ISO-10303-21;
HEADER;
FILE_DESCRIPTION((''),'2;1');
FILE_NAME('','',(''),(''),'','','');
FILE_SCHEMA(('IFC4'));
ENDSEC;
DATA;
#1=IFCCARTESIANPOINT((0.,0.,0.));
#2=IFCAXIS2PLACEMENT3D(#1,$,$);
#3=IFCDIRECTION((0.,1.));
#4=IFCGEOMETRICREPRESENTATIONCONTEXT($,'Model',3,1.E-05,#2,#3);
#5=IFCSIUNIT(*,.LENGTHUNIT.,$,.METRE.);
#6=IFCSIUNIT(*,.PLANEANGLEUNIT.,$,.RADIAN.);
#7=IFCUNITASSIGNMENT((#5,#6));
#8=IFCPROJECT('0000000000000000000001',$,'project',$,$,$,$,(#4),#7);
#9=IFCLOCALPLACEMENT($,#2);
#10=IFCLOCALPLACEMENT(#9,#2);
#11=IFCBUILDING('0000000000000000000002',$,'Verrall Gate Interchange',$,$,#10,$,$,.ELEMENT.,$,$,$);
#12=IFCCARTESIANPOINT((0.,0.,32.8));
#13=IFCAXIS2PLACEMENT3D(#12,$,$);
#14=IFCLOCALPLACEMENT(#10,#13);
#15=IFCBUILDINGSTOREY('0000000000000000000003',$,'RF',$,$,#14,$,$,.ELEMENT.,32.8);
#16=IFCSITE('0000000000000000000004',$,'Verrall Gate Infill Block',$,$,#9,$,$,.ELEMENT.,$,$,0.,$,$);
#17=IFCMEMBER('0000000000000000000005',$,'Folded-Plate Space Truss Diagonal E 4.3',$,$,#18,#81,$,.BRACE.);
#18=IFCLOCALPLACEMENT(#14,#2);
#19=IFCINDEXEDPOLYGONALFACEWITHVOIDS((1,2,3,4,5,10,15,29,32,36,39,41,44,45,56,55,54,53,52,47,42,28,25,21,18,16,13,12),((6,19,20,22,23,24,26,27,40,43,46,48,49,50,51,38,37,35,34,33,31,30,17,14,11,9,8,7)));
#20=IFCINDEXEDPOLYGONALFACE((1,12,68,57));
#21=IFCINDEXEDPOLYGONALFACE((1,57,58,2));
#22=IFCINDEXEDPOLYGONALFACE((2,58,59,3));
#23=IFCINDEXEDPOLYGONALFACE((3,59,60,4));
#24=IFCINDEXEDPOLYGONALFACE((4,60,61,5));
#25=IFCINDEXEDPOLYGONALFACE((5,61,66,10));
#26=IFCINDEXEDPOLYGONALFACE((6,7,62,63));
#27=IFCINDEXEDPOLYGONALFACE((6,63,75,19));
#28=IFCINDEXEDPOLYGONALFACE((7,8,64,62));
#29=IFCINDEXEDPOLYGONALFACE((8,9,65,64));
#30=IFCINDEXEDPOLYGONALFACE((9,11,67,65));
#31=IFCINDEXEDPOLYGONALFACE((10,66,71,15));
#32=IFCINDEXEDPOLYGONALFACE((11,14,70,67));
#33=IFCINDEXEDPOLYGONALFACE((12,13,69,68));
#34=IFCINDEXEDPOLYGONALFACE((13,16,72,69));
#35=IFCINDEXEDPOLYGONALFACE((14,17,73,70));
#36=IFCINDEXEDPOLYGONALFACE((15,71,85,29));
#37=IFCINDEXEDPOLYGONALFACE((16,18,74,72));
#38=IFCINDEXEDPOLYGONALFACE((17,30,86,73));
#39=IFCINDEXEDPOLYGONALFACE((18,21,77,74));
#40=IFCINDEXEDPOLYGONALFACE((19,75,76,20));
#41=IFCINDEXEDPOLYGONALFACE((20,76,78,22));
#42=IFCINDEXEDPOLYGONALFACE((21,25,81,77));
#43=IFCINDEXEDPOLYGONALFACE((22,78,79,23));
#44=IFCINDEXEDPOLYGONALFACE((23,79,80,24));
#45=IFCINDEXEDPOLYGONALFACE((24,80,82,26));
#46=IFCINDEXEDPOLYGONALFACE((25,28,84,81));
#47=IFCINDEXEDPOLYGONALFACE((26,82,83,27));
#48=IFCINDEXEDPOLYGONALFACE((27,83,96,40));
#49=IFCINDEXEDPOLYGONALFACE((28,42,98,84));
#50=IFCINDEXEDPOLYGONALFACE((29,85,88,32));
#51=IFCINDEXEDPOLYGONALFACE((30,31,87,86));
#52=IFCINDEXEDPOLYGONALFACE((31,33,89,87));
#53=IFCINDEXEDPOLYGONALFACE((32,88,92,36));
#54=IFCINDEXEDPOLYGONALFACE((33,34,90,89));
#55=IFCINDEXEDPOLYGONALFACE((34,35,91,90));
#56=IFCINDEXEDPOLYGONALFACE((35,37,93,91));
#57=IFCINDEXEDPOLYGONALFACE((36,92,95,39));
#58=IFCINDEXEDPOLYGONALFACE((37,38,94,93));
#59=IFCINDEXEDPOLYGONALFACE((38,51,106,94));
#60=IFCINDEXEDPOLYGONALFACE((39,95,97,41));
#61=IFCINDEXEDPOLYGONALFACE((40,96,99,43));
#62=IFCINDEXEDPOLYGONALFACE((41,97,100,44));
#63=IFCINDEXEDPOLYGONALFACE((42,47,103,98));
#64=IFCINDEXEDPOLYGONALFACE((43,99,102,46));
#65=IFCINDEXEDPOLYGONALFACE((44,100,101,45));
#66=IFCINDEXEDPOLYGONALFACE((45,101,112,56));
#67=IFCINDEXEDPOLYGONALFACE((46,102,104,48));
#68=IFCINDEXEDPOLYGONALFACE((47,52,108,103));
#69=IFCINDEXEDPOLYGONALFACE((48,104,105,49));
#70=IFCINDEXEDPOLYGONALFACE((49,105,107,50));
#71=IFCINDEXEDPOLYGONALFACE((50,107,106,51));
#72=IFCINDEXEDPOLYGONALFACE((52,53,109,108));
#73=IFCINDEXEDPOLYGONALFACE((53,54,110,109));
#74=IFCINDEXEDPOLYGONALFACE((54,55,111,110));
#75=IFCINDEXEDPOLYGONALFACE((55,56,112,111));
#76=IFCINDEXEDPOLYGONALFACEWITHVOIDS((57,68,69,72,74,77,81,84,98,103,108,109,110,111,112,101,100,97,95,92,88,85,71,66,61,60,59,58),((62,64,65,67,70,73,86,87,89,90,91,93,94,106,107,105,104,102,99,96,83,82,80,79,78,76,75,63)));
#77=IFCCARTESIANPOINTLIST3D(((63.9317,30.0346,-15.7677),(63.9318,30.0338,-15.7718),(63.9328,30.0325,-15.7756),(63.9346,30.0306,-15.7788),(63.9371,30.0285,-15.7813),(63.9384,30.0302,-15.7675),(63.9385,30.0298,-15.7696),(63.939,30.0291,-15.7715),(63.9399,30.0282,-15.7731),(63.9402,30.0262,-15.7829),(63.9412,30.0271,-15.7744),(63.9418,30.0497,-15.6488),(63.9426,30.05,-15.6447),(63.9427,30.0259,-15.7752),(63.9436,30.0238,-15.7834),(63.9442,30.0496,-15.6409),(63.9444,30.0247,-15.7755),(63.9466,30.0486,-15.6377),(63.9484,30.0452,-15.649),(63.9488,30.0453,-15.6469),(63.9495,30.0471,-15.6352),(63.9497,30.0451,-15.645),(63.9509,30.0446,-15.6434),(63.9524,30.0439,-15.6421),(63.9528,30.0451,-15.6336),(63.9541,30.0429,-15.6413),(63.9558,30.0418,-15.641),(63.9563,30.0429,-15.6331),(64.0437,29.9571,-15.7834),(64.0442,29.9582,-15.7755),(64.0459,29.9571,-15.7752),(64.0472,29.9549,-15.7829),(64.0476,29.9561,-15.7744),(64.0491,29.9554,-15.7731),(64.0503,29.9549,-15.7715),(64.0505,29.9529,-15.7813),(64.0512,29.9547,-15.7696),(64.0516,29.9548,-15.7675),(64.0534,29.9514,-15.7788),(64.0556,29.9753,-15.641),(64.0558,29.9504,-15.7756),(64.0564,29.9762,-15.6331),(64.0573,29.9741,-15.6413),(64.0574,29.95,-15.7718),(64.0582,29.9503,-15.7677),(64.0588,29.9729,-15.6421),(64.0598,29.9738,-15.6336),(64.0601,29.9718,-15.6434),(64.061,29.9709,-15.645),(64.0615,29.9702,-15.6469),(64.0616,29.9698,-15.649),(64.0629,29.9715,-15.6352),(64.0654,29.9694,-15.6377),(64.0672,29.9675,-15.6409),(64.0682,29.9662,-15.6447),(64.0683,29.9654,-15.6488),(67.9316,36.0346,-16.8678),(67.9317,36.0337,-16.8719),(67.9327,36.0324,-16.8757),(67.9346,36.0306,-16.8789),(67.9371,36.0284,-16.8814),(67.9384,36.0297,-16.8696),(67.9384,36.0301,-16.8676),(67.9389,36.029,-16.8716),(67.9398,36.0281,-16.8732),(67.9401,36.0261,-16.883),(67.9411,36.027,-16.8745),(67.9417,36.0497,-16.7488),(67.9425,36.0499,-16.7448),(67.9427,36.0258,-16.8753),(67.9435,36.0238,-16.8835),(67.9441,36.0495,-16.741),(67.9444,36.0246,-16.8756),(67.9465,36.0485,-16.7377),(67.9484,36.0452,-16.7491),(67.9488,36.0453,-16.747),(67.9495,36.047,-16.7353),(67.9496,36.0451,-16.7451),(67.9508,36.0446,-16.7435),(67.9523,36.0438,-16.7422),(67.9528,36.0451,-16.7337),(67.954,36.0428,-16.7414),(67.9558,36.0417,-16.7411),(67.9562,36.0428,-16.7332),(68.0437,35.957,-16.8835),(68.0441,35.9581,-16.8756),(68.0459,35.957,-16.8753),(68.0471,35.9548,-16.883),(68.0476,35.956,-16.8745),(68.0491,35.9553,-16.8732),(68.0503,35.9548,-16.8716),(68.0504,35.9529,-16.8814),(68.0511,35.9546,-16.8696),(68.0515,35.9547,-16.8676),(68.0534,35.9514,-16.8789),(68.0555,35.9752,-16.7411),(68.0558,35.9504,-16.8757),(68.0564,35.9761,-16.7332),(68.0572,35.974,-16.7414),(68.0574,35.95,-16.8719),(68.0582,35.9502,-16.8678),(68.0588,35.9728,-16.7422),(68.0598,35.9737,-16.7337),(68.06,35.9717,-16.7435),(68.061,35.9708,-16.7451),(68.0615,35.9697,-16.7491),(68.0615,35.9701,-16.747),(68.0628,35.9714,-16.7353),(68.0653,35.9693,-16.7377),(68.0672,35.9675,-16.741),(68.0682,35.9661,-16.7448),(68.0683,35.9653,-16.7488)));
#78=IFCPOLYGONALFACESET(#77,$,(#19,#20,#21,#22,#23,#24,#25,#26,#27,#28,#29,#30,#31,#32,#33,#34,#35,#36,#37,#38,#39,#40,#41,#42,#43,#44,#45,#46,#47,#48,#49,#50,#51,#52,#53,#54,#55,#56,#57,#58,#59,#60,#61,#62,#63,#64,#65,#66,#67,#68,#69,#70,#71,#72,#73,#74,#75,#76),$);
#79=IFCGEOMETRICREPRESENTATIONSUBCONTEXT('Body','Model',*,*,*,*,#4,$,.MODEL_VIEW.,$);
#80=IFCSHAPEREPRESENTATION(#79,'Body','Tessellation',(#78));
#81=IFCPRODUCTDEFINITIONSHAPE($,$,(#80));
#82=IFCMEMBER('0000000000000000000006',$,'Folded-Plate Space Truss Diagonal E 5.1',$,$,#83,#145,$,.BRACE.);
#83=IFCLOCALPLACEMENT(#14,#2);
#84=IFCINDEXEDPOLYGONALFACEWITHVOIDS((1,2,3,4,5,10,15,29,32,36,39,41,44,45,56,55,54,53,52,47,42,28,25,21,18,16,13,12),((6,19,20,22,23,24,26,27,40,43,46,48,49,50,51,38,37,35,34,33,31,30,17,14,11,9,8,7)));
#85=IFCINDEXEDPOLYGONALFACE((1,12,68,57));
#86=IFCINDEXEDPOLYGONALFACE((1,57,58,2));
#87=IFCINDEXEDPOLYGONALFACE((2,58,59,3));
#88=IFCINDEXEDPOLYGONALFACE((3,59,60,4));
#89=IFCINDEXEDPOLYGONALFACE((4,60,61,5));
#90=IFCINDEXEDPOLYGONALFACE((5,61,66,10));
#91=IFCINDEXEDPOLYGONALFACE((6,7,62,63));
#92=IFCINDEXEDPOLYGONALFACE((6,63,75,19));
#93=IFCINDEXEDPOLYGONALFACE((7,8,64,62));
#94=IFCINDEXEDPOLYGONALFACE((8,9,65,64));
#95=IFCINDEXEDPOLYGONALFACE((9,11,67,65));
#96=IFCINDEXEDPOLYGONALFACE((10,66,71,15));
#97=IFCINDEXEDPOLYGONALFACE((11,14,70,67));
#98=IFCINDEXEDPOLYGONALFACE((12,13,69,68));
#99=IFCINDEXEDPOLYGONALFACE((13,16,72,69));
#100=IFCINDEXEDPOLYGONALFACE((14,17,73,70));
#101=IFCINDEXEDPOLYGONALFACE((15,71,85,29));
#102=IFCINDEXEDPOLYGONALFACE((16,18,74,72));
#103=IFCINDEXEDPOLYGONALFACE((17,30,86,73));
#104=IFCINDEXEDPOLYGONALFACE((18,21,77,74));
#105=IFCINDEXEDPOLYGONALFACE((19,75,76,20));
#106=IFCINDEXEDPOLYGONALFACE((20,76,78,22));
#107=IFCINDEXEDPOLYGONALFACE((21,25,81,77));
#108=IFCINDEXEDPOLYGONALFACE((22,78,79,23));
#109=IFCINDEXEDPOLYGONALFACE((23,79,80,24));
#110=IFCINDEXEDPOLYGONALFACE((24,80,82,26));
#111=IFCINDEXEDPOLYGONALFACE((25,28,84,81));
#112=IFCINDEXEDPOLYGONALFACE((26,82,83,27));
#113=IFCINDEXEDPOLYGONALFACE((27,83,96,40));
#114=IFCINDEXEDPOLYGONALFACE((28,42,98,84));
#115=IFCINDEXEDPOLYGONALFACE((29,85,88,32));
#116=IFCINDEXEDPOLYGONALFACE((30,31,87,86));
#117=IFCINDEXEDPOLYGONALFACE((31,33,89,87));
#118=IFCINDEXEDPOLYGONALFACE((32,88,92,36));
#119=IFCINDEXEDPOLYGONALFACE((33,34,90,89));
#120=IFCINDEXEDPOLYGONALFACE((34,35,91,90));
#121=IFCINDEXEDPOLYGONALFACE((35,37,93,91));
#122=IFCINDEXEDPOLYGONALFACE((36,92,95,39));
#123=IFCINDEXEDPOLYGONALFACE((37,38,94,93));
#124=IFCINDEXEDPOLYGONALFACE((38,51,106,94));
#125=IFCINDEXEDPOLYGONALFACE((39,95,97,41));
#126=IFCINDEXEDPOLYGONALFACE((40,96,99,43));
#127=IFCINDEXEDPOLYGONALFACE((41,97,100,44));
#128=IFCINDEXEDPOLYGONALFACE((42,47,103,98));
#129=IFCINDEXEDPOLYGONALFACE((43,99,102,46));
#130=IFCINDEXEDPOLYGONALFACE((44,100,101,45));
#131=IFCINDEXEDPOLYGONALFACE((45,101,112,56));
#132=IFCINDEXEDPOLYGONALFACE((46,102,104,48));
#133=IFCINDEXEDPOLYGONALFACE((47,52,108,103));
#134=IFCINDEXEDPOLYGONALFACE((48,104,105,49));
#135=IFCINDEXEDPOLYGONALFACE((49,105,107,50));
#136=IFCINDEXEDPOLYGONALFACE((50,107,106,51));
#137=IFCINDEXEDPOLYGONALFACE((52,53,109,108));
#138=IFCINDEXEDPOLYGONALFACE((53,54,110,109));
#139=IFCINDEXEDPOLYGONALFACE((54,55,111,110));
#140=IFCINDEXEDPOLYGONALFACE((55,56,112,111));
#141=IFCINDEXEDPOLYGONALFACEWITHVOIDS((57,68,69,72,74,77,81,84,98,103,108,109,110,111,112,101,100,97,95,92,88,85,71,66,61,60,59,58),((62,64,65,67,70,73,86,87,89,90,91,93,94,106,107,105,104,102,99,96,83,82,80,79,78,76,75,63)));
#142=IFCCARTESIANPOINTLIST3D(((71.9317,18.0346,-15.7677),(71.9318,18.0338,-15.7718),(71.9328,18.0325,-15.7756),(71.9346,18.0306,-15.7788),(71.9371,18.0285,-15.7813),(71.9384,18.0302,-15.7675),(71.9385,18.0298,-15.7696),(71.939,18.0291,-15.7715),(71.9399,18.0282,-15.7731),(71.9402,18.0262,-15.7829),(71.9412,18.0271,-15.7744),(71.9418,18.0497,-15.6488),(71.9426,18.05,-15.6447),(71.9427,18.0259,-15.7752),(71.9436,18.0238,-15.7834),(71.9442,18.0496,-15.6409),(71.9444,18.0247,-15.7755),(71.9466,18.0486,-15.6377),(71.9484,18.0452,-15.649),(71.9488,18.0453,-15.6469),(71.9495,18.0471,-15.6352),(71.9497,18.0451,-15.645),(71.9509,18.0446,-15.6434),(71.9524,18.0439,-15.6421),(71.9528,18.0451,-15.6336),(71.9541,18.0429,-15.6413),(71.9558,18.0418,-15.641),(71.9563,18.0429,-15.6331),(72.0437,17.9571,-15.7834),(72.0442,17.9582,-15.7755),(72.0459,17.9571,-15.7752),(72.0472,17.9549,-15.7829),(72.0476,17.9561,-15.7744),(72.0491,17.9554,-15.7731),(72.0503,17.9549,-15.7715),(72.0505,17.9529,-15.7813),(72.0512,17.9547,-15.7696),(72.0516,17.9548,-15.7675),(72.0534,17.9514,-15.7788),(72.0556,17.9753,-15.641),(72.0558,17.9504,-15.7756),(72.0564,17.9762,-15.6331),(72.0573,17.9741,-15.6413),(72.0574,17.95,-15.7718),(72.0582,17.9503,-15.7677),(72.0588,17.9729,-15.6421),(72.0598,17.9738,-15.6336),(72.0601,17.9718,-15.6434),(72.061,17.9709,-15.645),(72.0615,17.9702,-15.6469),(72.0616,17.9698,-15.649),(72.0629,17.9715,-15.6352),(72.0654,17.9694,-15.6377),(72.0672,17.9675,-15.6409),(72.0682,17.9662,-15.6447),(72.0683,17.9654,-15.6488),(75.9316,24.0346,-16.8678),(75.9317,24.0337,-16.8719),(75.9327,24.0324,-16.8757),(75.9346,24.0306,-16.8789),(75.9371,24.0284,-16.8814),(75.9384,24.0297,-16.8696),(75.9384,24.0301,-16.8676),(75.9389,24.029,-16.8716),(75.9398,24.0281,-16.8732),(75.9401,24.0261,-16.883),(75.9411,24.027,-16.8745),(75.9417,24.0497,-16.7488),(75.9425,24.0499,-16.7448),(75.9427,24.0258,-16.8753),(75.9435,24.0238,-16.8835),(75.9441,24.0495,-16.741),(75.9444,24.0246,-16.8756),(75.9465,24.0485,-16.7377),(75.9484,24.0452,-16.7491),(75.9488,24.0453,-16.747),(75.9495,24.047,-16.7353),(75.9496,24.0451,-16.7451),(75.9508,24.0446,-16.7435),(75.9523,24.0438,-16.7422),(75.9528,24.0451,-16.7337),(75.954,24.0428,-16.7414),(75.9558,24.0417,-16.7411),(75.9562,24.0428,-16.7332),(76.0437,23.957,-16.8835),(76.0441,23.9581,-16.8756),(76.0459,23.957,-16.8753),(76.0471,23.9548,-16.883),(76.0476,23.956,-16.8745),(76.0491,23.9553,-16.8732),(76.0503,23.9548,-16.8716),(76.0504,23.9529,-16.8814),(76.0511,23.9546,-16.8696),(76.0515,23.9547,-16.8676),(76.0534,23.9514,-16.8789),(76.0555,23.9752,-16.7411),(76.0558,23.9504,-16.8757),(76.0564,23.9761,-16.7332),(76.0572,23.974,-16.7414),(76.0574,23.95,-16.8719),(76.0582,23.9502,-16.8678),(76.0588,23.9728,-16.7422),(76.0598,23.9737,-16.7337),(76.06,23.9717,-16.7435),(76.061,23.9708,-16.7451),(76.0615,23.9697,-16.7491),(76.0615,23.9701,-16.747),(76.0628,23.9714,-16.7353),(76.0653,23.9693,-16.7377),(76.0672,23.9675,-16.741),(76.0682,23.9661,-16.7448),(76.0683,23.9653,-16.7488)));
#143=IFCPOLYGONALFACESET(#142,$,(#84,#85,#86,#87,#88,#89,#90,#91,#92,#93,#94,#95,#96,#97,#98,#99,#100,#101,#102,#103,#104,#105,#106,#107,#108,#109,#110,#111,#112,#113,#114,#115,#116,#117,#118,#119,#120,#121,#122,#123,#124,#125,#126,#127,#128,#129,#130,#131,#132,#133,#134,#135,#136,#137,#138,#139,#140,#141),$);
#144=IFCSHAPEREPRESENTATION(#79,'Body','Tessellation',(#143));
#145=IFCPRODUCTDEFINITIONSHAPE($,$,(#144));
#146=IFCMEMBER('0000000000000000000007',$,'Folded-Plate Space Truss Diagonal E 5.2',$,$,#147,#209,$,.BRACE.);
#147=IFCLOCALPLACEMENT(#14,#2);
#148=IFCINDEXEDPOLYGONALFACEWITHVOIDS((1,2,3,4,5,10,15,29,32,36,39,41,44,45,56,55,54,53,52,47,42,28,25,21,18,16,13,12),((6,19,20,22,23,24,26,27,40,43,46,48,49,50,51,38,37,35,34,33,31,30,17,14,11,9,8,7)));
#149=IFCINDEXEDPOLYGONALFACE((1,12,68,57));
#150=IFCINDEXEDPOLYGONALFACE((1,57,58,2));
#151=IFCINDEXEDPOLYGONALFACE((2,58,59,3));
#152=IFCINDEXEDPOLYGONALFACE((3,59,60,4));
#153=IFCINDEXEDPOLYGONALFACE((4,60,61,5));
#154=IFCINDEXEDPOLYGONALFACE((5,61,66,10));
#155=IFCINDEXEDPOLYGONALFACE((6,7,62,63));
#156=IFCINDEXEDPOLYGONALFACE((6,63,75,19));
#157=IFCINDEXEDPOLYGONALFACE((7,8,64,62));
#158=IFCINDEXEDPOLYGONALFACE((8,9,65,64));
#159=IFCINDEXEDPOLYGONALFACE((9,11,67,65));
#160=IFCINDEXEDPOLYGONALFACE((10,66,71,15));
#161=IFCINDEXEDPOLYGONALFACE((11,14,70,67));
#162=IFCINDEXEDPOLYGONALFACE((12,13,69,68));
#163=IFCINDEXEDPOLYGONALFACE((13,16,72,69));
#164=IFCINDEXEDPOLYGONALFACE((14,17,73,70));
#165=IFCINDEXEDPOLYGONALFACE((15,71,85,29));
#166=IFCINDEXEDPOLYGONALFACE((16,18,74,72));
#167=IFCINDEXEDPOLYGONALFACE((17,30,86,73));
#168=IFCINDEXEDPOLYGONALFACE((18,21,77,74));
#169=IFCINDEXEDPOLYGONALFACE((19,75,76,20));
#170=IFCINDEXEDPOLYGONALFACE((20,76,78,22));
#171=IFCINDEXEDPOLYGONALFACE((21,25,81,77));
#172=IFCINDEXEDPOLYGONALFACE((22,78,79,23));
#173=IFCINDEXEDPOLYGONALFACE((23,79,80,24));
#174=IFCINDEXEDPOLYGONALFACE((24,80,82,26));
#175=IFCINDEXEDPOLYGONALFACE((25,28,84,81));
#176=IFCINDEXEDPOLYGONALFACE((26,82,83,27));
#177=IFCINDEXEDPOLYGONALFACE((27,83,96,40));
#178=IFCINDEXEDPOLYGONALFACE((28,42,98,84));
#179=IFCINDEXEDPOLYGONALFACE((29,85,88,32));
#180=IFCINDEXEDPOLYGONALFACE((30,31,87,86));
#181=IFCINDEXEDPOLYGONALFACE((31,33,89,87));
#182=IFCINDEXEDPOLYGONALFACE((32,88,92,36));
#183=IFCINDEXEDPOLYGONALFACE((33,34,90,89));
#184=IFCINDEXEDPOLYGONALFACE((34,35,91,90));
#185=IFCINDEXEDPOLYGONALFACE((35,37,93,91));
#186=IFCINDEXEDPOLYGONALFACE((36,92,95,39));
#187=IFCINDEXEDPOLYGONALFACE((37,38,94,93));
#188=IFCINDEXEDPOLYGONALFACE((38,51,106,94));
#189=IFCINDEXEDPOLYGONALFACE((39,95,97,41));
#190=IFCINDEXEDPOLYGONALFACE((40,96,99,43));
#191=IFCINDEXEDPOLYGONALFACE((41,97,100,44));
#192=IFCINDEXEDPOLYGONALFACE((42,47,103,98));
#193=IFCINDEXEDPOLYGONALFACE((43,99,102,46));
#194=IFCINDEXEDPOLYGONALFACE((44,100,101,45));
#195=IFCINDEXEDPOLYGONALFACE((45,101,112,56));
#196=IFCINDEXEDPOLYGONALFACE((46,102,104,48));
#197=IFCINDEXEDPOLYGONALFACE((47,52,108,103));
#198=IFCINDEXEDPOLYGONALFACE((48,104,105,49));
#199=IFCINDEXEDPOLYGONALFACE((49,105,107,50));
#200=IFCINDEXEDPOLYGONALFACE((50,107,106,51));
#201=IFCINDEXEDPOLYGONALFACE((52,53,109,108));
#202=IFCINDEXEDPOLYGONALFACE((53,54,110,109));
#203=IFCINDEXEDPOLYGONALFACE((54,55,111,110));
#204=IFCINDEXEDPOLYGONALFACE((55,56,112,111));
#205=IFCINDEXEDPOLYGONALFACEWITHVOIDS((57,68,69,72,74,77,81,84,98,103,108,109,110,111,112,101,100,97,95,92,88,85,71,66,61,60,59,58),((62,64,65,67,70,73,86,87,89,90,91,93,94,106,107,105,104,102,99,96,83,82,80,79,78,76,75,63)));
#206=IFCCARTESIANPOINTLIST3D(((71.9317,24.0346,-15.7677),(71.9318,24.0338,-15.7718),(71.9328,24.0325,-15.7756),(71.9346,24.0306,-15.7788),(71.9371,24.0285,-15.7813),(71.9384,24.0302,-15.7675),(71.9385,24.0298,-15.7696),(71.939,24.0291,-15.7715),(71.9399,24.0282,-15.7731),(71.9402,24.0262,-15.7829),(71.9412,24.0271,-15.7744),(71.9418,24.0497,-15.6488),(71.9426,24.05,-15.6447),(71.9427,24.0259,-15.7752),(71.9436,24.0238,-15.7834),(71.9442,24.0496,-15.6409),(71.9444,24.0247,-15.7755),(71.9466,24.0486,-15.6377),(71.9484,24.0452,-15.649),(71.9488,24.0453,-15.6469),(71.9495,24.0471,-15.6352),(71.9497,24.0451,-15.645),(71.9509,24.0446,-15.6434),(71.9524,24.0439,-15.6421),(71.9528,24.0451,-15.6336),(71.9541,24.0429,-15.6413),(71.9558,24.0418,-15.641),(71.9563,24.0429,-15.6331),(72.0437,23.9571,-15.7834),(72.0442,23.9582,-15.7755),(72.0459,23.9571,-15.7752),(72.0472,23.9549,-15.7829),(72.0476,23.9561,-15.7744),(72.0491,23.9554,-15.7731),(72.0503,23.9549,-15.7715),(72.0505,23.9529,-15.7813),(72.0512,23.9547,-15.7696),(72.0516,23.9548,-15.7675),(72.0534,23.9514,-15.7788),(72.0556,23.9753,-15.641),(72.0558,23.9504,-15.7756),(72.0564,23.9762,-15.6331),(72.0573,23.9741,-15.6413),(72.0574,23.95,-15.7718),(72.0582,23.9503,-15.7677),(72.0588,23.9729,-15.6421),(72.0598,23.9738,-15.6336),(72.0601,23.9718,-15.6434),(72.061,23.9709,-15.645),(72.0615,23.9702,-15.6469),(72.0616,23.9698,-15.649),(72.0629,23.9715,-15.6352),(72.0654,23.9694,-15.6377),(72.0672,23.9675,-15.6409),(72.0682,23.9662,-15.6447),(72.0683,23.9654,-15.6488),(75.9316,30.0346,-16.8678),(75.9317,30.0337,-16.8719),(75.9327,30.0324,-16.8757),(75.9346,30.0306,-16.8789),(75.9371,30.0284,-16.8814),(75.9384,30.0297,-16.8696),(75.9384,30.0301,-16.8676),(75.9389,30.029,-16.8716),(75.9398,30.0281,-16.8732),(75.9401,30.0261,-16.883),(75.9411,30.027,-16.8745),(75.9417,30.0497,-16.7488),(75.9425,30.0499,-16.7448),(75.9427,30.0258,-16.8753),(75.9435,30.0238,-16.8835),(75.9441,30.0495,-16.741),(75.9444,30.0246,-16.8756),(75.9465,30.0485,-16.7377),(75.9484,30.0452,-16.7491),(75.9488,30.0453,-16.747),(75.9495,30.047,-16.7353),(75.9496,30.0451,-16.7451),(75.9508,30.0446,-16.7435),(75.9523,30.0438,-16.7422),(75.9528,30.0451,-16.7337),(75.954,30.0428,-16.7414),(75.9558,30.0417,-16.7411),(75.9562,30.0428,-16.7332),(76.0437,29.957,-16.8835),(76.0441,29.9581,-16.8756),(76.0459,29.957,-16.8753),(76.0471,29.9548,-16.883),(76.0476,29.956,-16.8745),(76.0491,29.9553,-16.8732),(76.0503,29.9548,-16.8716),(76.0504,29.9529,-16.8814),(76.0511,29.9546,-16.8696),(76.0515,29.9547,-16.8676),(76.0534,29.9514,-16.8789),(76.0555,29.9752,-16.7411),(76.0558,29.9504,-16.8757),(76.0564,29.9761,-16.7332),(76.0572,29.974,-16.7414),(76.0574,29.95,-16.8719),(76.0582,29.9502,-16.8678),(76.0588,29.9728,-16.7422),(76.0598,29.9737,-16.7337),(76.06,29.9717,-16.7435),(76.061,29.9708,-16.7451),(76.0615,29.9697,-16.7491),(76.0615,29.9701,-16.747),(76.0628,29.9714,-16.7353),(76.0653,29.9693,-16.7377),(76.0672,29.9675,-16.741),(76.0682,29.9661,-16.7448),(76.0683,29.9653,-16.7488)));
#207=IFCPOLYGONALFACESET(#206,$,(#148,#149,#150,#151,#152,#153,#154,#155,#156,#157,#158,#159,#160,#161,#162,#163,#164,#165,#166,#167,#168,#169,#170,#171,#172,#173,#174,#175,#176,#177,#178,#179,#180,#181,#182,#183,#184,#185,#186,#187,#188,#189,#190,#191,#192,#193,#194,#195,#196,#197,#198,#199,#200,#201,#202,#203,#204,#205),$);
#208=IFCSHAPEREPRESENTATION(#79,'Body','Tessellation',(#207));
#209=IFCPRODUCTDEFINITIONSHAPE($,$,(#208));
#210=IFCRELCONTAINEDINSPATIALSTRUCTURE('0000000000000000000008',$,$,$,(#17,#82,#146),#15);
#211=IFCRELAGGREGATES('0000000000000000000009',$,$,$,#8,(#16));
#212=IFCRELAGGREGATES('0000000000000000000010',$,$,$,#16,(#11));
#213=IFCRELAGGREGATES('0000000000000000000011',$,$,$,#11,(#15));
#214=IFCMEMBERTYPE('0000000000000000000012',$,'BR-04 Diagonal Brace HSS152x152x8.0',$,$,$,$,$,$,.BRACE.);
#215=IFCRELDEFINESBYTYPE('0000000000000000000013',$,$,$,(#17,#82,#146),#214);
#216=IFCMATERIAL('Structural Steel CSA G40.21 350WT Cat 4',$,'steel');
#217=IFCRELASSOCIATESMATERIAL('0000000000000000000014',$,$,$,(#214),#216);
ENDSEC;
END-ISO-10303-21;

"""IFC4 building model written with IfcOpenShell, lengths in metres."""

from ifc_helpers import new_model, si_unit, direction, frame, origin, origin_2d, place, context, subcontext, project, spatial, hollow_rectangle, extrude, material, material_profile, profile_set, type_object, element, save


model = new_model("IFC4")

# Units and contexts
model_context = context("Model", 3, precision=1e-05, world=origin(), true_north=direction((0.0, 1.0)))
body_context = subcontext(model_context, "Body", "Model", "MODEL_VIEW")
ifc_project = project(units=[si_unit("LENGTHUNIT", "METRE"), si_unit("PLANEANGLEUNIT", "RADIAN")], contexts=[model_context])

# Site, building, storey
site_placement = place(None, origin())
site = spatial("IfcSite", under=ifc_project, at=site_placement, Name="Verrall Gate Infill Block", CompositionType="ELEMENT", RefElevation=0.0)
building_placement = place(site_placement, origin())
building = spatial("IfcBuilding", under=site, at=building_placement, Name="Verrall Gate Interchange", CompositionType="ELEMENT")
storey_placement = place(building_placement, frame((0.0, 0.0, 32.8)))
storey = spatial("IfcBuildingStorey", under=building, at=storey_placement, Name="RF", CompositionType="ELEMENT", Elevation=32.8)

# Members
ifc_material_1 = material(Name="Structural Steel CSA G40.21 350WT Cat 4", Category="steel")
ifc_material_profile_1 = material_profile(ifc_material_1, hollow_rectangle(XDim=0.1521, YDim=0.1521, WallThickness=0.0081, InnerFilletRadius=0.0081, OuterFilletRadius=0.0159, at=origin_2d()), Name="HSS152x152x8.0")
ifc_profile_set_1 = profile_set([ifc_material_profile_1], Name="Structural Steel CSA G40.21 350WT Cat 4")
member_type_1 = type_object("IfcMemberType", Name="BR-04 Diagonal Brace HSS152x152x8.0", PredefinedType="BRACE", material=ifc_profile_set_1)
for number, where, z_axis, x_axis, name in (
    (1, (64.0, 30.0, -15.7083), (0.548356, 0.822534, -0.150811), (-0.83205, 0.5547, 0.0), "Folded-Plate Space Truss Diagonal E 4.3"),
    (2, (72.0, 18.0, -15.7083), (0.548356, 0.822534, -0.150811), (-0.83205, 0.5547, 0.0), "Folded-Plate Space Truss Diagonal E 5.1"),
    (3, (72.0, 24.0, -15.7083), (0.548356, 0.822534, -0.150811), (-0.83205, 0.5547, 0.0), "Folded-Plate Space Truss Diagonal E 5.2"),
):
    element("IfcMember", number, at=place(storey_placement, frame(where, z_axis=z_axis, x_axis=x_axis)), inside=storey, type_object=member_type_1, Name=name, PredefinedType="BRACE", context=body_context, shape_type="SweptSolid", body=[
        extrude(hollow_rectangle(XDim=0.1521, YDim=0.1521, WallThickness=0.0081, InnerFilletRadius=0.0081, OuterFilletRadius=0.0159, at=origin_2d()), origin(), (0.0, 0.0, 1.0), 7.2944),
    ])

save(model, "model.ifc")
